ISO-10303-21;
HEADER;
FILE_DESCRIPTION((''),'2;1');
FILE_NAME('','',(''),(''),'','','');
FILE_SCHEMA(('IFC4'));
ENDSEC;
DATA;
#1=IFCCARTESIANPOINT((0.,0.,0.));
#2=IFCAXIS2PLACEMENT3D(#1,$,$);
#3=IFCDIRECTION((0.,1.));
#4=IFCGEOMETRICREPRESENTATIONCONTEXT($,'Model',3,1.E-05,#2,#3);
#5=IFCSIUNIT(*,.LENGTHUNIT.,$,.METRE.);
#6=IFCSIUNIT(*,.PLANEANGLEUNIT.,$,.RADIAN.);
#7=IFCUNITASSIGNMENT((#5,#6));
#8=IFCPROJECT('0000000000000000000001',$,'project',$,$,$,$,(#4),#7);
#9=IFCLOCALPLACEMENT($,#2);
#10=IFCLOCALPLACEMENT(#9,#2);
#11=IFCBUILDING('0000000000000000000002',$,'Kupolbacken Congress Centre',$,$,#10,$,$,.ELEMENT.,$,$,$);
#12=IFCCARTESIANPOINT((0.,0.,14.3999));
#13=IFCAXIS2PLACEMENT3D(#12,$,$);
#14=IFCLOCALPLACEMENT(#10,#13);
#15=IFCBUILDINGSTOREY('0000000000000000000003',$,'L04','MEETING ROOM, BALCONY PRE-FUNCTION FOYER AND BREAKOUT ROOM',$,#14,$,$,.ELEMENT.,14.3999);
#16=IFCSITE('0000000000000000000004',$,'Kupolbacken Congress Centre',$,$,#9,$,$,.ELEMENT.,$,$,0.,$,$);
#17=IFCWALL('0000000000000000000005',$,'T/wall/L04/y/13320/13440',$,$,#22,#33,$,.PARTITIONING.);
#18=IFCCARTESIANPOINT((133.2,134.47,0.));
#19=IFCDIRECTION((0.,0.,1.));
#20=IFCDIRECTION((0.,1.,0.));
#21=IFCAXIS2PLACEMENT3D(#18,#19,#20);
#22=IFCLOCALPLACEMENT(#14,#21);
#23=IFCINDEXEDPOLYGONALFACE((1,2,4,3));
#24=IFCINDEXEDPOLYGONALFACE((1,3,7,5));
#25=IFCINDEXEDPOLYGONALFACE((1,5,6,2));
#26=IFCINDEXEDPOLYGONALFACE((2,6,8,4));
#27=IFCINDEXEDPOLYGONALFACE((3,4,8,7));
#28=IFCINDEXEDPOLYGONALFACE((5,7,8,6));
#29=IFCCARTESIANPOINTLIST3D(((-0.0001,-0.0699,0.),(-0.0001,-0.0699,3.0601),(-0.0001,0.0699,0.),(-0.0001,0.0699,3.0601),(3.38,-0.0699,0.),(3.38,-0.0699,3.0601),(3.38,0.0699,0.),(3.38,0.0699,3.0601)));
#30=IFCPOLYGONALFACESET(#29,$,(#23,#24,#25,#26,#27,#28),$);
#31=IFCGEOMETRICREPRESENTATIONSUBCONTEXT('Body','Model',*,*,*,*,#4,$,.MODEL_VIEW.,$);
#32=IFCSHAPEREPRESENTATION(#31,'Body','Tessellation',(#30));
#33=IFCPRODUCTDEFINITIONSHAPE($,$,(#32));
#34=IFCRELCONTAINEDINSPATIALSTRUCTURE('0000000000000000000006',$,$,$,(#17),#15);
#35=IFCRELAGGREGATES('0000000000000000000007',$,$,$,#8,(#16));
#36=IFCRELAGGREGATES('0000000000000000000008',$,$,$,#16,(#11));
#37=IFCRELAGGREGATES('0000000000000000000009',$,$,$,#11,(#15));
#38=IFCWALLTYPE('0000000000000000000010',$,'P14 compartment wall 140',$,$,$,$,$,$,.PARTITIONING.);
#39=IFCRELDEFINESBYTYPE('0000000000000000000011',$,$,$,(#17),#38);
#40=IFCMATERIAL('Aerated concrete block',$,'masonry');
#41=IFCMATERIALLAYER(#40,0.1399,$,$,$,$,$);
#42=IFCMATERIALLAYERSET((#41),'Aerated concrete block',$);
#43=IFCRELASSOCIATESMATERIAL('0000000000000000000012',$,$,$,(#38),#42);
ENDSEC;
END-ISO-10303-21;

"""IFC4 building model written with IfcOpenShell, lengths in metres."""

from ifc_helpers import new_model, si_unit, direction, frame, frame_2d, origin, place, context, subcontext, project, spatial, rectangle, extrude, material, layer, layer_set, type_object, element, save


model = new_model("IFC4")

# Units and contexts
model_context = context("Model", 3, precision=1e-05, world=origin(), true_north=direction((0.0, 1.0)))
body_context = subcontext(model_context, "Body", "Model", "MODEL_VIEW")
ifc_project = project(units=[si_unit("LENGTHUNIT", "METRE"), si_unit("PLANEANGLEUNIT", "RADIAN")], contexts=[model_context])

# Site, building, storey
site_placement = place(None, origin())
site = spatial("IfcSite", under=ifc_project, at=site_placement, Name="Kupolbacken Congress Centre", CompositionType="ELEMENT", RefElevation=0.0)
building_placement = place(site_placement, origin())
building = spatial("IfcBuilding", under=site, at=building_placement, Name="Kupolbacken Congress Centre", CompositionType="ELEMENT")
storey_placement = place(building_placement, frame((0.0, 0.0, 14.3999)))
storey = spatial("IfcBuildingStorey", under=building, at=storey_placement, Name="L04", Description="MEETING ROOM, BALCONY PRE-FUNCTION FOYER AND BREAKOUT ROOM", CompositionType="ELEMENT", Elevation=14.3999)

# Shared definitions
ifc_material_1 = material(Name="Aerated concrete block", Category="masonry")
ifc_layer_1 = layer(ifc_material_1, 0.1399)
ifc_layer_set_1 = layer_set([ifc_layer_1], Name="Aerated concrete block")
wall_type_1 = type_object("IfcWallType", Name="P14 compartment wall 140", PredefinedType="PARTITIONING", material=ifc_layer_set_1)

# Wall
wall_1_placement = place(storey_placement, frame((133.2, 134.47, 0.0), z_axis=(0.0, 0.0, 1.0), x_axis=(0.0, 1.0, 0.0)))
element("IfcWall", 1, at=wall_1_placement, inside=storey, type_object=wall_type_1, Name="T/wall/L04/y/13320/13440", PredefinedType="PARTITIONING", context=body_context, shape_type="SweptSolid", body=[
    extrude(rectangle(XDim=3.3801, YDim=0.1399, at=frame_2d((1.6899, 0.0))), origin(), (0.0, 0.0, 1.0), 3.0601),
])

save(model, "model.ifc")
